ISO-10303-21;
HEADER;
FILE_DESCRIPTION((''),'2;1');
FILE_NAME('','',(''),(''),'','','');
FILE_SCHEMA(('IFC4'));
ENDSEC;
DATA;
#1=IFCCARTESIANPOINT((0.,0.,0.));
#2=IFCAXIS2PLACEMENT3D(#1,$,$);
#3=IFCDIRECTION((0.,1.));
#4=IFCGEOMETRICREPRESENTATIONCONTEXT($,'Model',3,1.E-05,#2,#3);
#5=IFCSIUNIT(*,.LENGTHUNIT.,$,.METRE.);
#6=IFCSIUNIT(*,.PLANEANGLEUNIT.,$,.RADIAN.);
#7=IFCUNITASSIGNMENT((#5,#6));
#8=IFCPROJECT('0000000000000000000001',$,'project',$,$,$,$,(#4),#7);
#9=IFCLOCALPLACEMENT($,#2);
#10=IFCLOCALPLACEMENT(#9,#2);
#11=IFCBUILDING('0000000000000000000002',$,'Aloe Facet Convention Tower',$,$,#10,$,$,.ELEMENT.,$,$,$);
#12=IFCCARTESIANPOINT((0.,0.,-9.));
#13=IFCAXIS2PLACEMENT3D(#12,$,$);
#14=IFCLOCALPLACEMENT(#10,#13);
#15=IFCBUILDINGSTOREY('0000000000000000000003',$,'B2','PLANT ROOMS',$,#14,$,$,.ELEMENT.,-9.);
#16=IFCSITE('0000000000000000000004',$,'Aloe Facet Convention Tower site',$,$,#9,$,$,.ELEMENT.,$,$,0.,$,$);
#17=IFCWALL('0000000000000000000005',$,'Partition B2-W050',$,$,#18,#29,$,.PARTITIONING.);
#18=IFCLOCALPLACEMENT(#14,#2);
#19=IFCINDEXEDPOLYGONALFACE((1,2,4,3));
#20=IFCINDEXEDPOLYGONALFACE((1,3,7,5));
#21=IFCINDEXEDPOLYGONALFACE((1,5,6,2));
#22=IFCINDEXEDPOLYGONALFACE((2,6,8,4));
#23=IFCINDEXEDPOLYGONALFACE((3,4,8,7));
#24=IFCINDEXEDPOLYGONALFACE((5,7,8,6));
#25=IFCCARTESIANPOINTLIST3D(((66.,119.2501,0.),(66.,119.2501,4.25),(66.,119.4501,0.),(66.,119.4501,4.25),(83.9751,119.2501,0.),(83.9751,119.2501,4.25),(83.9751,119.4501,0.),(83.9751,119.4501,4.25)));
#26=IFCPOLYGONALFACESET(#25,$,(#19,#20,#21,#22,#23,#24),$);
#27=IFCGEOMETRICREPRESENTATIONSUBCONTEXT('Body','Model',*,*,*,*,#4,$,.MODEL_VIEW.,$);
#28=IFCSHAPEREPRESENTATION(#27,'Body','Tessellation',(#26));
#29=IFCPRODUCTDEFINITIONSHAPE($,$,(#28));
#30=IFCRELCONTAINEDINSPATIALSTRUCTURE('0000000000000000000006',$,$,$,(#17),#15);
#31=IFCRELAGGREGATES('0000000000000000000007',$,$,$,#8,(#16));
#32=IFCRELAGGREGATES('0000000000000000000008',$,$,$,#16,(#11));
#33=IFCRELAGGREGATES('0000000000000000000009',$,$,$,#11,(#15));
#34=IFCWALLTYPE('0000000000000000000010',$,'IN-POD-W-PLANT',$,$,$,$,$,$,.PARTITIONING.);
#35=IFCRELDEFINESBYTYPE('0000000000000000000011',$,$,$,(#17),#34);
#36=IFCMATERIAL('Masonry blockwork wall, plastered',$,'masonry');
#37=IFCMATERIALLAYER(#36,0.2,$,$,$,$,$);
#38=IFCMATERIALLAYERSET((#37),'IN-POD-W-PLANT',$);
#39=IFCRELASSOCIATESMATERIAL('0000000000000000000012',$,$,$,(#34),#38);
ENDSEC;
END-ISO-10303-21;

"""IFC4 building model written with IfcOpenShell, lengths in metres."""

from ifc_helpers import new_model, si_unit, direction, frame, frame_2d, origin, place, context, subcontext, project, spatial, rectangle, extrude, material, layer, layer_set, type_object, element, save


model = new_model("IFC4")

# Units and contexts
model_context = context("Model", 3, precision=1e-05, world=origin(), true_north=direction((0.0, 1.0)))
body_context = subcontext(model_context, "Body", "Model", "MODEL_VIEW")
ifc_project = project(units=[si_unit("LENGTHUNIT", "METRE"), si_unit("PLANEANGLEUNIT", "RADIAN")], contexts=[model_context])

# Site, building, storey
site_placement = place(None, origin())
site = spatial("IfcSite", under=ifc_project, at=site_placement, Name="Aloe Facet Convention Tower site", CompositionType="ELEMENT", RefElevation=0.0)
building_placement = place(site_placement, origin())
building = spatial("IfcBuilding", under=site, at=building_placement, Name="Aloe Facet Convention Tower", CompositionType="ELEMENT")
storey_placement = place(building_placement, frame((0.0, 0.0, -9.0)))
storey = spatial("IfcBuildingStorey", under=building, at=storey_placement, Name="B2", Description="PLANT ROOMS", CompositionType="ELEMENT", Elevation=-9.0)

# Wall
ifc_material_1 = material(Name="Masonry blockwork wall, plastered", Category="masonry")
ifc_layer_1 = layer(ifc_material_1, 0.2)
ifc_layer_set_1 = layer_set([ifc_layer_1], Name="IN-POD-W-PLANT")
wall_type_1 = type_object("IfcWallType", Name="IN-POD-W-PLANT", PredefinedType="PARTITIONING", material=ifc_layer_set_1)
wall_1_placement = place(storey_placement, frame((66.0, 119.3501, 0.0), z_axis=(0.0, 0.0, 1.0), x_axis=(1.0, 0.0, 0.0)))
element("IfcWall", 1, at=wall_1_placement, inside=storey, type_object=wall_type_1, Name="Partition B2-W050", PredefinedType="PARTITIONING", context=body_context, shape_type="SweptSolid", body=[
    extrude(rectangle(XDim=17.9751, YDim=0.2, at=frame_2d((8.9875, 0.0))), origin(), (0.0, 0.0, 1.0), 4.25),
])

save(model, "model.ifc")
